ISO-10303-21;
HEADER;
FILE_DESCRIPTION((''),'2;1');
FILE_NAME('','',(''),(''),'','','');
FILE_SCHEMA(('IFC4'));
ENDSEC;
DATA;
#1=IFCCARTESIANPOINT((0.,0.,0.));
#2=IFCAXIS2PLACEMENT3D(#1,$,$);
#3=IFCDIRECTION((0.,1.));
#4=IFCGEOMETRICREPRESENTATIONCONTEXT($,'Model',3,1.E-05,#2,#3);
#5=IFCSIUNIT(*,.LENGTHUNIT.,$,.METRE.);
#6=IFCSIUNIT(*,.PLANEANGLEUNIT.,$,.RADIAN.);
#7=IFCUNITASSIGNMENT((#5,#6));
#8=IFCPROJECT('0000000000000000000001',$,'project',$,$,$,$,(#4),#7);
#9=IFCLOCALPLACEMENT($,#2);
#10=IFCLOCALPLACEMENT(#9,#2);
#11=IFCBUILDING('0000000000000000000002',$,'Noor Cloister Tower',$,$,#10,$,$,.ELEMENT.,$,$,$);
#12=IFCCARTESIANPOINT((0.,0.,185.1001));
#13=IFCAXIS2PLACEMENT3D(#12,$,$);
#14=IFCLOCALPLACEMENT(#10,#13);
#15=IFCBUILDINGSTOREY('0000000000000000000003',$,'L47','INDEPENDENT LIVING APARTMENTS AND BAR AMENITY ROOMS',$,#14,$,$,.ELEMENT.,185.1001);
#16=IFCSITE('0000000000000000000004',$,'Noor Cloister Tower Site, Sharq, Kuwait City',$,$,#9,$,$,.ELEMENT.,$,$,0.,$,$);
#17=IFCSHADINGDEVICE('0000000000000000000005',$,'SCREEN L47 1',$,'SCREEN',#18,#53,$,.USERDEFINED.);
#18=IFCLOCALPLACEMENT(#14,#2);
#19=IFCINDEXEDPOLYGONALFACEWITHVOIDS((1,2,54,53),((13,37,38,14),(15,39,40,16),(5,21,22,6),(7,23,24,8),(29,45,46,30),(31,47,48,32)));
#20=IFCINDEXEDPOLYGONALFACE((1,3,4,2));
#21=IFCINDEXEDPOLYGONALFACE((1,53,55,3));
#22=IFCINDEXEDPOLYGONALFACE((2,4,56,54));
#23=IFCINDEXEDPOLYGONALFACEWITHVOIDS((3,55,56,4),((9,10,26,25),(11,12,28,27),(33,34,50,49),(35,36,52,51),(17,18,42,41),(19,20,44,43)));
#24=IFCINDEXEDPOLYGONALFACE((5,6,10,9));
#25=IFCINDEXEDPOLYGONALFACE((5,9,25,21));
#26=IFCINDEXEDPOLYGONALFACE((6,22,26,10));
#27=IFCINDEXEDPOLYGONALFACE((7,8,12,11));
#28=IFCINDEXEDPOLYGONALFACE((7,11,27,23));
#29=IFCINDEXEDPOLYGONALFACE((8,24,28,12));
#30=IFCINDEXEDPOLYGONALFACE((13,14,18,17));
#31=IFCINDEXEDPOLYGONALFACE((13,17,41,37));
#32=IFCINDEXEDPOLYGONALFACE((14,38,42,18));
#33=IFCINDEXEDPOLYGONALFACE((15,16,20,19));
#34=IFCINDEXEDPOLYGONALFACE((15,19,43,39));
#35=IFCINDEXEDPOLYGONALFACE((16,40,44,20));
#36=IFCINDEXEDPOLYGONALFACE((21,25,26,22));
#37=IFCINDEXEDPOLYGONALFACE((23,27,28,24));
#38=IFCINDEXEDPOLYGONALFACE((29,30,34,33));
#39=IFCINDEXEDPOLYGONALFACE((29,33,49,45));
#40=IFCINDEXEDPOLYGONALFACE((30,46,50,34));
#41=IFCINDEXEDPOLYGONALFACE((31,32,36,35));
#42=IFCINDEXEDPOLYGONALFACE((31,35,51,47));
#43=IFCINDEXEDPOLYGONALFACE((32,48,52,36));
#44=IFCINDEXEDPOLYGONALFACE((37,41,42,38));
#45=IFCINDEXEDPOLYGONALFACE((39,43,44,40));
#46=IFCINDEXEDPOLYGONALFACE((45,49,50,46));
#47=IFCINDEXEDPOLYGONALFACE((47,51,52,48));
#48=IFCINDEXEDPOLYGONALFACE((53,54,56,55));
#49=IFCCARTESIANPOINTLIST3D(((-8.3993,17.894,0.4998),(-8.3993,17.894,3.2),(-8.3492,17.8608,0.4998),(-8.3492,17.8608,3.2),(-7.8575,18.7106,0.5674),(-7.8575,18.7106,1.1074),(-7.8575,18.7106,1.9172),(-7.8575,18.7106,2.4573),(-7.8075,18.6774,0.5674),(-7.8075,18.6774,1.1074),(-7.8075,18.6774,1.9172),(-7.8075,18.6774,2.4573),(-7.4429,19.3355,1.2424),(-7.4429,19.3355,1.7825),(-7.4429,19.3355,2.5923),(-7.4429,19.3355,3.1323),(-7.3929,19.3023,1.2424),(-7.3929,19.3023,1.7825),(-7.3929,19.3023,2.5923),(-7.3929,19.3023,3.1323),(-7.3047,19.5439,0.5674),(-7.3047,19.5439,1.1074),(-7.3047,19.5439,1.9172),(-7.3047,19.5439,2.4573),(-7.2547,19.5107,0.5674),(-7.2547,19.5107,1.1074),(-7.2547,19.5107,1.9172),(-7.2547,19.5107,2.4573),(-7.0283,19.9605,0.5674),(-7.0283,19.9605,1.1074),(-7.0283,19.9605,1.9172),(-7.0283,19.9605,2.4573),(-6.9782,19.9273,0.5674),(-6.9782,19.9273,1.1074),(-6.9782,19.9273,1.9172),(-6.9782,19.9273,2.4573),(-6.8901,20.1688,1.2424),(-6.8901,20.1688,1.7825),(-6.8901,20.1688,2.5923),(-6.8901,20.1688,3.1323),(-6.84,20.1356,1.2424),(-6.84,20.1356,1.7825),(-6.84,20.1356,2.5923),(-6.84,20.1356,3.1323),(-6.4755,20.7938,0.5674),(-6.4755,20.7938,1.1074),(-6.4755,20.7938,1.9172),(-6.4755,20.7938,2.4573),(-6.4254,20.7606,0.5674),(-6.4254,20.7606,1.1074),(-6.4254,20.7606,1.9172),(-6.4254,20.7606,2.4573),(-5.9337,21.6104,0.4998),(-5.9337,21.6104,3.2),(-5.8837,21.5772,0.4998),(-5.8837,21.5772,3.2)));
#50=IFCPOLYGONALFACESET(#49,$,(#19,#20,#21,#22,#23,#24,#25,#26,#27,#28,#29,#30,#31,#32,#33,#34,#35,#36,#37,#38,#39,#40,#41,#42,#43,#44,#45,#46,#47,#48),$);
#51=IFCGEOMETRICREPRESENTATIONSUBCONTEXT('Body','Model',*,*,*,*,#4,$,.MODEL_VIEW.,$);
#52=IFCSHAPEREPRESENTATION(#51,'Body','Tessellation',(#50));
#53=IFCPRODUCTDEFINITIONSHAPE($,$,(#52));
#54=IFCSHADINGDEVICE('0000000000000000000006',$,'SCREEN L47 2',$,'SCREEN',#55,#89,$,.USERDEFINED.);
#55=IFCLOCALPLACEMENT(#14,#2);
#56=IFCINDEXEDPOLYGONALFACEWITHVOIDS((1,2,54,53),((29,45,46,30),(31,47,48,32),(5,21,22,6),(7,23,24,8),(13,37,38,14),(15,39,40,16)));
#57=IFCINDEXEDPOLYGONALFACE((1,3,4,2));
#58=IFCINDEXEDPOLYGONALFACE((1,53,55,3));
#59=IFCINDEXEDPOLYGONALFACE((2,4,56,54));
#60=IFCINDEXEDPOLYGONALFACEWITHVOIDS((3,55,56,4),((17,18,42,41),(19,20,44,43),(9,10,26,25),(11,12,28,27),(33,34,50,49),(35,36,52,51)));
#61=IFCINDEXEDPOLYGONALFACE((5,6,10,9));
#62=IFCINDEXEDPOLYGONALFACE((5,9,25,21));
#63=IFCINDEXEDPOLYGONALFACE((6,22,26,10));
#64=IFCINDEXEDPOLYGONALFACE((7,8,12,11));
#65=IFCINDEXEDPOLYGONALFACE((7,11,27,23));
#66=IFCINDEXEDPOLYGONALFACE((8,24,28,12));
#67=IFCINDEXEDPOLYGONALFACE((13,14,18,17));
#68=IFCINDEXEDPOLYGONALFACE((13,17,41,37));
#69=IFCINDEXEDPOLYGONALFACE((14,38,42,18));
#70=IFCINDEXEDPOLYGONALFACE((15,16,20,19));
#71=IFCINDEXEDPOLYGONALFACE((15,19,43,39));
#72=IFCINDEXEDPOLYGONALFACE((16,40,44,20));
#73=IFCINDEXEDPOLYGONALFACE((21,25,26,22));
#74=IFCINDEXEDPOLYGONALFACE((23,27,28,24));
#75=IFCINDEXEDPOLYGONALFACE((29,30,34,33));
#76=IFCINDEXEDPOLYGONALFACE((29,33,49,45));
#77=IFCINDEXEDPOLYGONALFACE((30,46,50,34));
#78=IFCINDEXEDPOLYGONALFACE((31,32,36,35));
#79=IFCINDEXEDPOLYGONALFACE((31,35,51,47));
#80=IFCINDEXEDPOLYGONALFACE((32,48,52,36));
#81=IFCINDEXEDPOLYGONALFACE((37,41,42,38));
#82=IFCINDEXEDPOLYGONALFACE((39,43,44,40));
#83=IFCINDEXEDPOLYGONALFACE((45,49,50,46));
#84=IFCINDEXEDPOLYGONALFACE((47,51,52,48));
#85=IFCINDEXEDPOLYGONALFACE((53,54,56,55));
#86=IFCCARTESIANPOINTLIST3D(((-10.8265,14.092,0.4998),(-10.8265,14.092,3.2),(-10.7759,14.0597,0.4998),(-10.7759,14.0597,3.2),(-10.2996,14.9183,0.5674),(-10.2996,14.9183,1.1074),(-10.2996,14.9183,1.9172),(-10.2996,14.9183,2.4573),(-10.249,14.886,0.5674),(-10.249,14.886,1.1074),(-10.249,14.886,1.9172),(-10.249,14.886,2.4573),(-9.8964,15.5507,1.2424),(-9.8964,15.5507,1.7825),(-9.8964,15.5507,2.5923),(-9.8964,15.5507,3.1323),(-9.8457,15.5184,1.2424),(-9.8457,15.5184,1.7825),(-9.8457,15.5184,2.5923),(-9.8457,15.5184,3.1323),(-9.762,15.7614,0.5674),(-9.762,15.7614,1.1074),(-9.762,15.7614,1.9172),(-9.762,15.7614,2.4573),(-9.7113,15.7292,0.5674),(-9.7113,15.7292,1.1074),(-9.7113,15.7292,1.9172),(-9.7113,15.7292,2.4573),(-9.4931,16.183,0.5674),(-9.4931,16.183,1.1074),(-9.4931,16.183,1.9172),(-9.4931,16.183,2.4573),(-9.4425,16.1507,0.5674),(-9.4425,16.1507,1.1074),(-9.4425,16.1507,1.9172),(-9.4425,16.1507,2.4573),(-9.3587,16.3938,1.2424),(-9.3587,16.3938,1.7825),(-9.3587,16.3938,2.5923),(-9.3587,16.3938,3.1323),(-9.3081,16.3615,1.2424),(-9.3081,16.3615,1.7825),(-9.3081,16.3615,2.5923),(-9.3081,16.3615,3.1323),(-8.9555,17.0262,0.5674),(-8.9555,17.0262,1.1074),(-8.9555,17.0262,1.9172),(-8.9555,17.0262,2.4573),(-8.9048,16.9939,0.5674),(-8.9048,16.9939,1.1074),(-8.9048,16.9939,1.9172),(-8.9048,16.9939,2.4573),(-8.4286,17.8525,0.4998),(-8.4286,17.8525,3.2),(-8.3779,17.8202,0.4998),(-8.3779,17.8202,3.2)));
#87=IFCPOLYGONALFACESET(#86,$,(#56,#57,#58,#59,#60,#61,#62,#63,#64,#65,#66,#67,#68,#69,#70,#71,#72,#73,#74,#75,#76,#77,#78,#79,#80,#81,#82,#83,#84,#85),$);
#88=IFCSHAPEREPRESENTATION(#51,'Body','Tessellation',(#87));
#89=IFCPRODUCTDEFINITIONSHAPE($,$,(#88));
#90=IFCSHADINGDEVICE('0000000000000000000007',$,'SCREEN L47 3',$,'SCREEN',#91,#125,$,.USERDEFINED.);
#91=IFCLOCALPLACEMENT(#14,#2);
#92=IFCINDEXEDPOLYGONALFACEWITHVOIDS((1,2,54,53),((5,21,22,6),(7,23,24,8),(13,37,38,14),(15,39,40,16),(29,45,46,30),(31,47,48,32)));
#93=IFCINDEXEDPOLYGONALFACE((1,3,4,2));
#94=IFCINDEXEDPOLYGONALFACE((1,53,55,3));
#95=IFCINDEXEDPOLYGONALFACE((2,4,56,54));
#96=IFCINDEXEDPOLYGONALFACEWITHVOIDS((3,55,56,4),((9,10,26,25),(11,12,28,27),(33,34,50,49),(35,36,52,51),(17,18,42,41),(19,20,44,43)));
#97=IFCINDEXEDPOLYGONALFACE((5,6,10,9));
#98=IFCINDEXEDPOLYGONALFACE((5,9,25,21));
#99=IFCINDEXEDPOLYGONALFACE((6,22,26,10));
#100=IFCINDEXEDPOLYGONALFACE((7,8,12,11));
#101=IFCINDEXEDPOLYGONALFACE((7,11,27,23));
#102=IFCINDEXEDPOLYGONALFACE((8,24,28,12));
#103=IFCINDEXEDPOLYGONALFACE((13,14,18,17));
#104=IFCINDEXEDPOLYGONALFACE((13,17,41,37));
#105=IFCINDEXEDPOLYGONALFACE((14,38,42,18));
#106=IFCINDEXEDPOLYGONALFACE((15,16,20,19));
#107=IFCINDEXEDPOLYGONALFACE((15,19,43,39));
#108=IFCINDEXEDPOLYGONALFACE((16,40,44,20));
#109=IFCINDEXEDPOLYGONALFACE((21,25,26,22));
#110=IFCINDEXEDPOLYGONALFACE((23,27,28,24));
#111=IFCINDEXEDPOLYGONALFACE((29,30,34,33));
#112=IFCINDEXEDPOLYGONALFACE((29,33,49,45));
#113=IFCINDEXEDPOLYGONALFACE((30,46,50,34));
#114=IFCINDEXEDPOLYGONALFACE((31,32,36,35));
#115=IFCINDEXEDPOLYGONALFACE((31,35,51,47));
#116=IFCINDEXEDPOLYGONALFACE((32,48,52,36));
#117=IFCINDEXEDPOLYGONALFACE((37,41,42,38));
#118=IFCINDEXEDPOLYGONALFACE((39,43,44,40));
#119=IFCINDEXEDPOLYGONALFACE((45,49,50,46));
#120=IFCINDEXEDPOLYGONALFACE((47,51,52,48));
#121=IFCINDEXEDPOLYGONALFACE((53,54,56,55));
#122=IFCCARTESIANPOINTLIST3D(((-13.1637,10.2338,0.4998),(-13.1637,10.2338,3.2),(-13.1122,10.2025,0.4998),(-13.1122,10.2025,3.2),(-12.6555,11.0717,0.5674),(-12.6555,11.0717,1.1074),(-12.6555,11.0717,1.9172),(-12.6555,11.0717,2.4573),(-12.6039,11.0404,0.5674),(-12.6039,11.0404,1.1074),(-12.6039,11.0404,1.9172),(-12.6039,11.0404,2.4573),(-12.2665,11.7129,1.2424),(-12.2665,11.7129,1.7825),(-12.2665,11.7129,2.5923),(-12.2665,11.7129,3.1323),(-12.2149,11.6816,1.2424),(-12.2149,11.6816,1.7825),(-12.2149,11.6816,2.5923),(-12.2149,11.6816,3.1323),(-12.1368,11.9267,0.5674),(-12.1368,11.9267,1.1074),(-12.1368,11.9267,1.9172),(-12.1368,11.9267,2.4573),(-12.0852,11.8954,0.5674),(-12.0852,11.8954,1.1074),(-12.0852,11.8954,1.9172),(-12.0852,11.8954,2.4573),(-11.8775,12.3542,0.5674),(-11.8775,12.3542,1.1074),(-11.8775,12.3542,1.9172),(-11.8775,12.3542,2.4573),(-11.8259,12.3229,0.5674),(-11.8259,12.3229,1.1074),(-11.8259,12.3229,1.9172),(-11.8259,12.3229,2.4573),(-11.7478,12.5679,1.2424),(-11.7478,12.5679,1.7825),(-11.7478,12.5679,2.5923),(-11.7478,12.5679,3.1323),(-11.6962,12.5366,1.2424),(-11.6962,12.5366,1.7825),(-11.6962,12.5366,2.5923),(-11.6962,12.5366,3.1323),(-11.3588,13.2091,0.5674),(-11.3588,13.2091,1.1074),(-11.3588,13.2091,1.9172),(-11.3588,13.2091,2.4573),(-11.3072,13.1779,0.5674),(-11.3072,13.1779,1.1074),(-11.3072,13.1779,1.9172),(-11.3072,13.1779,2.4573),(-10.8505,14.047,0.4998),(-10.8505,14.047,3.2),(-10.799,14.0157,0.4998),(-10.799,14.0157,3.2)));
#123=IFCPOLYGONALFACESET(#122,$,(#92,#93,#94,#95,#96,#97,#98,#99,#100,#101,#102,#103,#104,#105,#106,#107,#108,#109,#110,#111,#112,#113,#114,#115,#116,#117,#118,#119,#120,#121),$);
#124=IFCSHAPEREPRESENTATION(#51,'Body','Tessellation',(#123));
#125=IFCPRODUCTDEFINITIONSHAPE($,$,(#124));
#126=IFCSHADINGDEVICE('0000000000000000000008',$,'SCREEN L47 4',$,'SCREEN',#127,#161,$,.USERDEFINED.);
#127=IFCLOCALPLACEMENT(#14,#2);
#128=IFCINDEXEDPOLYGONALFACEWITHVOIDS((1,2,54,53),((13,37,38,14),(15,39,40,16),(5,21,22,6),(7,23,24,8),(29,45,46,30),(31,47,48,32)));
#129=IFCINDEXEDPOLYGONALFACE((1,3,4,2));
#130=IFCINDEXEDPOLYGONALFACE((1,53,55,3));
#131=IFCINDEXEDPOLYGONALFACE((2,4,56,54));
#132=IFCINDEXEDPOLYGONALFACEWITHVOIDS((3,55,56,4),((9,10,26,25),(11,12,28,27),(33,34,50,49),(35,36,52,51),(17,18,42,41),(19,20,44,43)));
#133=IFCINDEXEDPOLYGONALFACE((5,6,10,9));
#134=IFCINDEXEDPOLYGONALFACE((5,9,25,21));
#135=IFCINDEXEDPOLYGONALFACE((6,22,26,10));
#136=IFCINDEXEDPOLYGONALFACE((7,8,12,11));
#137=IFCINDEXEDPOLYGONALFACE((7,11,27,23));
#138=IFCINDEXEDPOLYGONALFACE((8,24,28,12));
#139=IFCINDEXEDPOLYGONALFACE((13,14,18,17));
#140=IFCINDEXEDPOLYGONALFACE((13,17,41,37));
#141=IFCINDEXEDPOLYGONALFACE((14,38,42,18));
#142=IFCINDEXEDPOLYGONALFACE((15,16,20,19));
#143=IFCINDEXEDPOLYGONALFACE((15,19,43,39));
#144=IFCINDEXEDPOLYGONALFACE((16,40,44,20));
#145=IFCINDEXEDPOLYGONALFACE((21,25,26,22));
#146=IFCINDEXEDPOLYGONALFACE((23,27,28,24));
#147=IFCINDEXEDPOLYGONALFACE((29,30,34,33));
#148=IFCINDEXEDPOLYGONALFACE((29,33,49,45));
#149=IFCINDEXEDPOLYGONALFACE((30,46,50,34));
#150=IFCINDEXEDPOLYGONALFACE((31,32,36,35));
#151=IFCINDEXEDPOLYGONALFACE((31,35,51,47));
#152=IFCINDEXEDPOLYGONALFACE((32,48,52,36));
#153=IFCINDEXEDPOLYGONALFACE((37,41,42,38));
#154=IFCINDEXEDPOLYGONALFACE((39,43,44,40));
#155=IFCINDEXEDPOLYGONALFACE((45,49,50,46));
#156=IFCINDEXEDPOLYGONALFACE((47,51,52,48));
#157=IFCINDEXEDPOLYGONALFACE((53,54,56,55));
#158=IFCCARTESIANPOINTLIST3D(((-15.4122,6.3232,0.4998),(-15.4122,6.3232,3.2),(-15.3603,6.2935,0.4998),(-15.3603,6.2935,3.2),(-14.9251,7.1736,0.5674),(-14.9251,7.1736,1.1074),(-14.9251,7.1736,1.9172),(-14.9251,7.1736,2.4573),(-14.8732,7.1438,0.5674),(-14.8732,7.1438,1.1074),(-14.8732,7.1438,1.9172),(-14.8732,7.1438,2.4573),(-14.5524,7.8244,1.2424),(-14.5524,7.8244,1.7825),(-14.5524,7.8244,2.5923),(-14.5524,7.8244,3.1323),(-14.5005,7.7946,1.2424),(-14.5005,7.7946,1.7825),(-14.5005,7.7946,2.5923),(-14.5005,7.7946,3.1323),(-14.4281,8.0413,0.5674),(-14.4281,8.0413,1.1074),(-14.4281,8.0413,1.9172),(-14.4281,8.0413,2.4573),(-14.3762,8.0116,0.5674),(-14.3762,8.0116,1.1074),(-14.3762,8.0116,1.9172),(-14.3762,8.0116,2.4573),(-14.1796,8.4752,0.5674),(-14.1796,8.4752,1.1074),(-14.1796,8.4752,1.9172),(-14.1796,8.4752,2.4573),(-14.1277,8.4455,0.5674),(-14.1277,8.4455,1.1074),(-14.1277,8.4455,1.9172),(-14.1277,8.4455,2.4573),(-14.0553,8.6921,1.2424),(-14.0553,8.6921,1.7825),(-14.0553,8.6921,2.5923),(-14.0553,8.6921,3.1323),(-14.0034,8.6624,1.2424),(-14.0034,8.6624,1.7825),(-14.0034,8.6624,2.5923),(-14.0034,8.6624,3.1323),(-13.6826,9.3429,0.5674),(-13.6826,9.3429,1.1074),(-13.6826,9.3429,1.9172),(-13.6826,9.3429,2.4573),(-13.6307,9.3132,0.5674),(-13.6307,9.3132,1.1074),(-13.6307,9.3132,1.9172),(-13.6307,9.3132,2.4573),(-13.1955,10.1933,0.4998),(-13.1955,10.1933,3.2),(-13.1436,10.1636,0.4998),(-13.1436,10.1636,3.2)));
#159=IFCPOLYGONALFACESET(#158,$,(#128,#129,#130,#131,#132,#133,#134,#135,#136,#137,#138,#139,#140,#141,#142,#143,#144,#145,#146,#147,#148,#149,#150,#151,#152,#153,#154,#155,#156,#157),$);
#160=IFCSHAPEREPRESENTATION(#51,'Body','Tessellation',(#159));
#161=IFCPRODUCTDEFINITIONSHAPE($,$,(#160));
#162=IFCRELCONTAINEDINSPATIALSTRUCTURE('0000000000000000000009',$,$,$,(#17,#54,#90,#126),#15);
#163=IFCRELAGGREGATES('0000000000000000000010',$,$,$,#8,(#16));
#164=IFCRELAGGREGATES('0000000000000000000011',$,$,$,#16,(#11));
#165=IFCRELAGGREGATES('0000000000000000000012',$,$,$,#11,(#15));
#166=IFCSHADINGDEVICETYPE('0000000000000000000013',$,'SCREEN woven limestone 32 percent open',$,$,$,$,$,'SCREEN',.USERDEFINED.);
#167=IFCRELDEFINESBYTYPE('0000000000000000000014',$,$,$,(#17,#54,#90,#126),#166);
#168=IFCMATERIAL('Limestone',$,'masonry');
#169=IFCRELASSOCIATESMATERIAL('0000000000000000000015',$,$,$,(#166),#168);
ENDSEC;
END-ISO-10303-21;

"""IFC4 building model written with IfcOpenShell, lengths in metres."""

from ifc_helpers import new_model, si_unit, direction, frame, origin, place, context, subcontext, project, spatial, polyline, outline, extrude, material, material_profile, profile_set, type_object, element, save


model = new_model("IFC4")

# Units and contexts
model_context = context("Model", 3, precision=1e-05, world=origin(), true_north=direction((0.0, 1.0)))
body_context = subcontext(model_context, "Body", "Model", "MODEL_VIEW")
ifc_project = project(units=[si_unit("LENGTHUNIT", "METRE"), si_unit("PLANEANGLEUNIT", "RADIAN")], contexts=[model_context])

# Site, building, storey
site_placement = place(None, origin())
site = spatial("IfcSite", under=ifc_project, at=site_placement, Name="Noor Cloister Tower Site, Sharq, Kuwait City", CompositionType="ELEMENT", RefElevation=0.0)
building_placement = place(site_placement, origin())
building = spatial("IfcBuilding", under=site, at=building_placement, Name="Noor Cloister Tower", CompositionType="ELEMENT")
storey_placement = place(building_placement, frame((0.0, 0.0, 185.1001)))
storey = spatial("IfcBuildingStorey", under=building, at=storey_placement, Name="L47", Description="INDEPENDENT LIVING APARTMENTS AND BAR AMENITY ROOMS", CompositionType="ELEMENT", Elevation=185.1001)

# Shading devices
ifc_material_1 = material(Name="Limestone", Category="masonry")
ifc_material_profile_1 = material_profile(ifc_material_1, outline(polyline([(-2.23, -1.3501), (2.23, -1.3501), (2.23, 1.3501), (-2.23, 1.3501), (-2.23, -1.3501)]), holes=[polyline([(-1.25, -1.2825), (-0.25, -1.2825), (-0.25, -0.7424), (-1.25, -0.7424), (-1.25, -1.2825)]), polyline([(0.25, -1.2825), (1.25, -1.2825), (1.25, -0.7424), (0.25, -0.7424), (0.25, -1.2825)]), polyline([(-0.5, -0.6074), (0.5, -0.6074), (0.5, -0.0674), (-0.5, -0.0674), (-0.5, -0.6074)]), polyline([(-1.25, 0.0674), (-0.25, 0.0674), (-0.25, 0.6074), (-1.25, 0.6074), (-1.25, 0.0674)]), polyline([(0.25, 0.0674), (1.25, 0.0674), (1.25, 0.6074), (0.25, 0.6074), (0.25, 0.0674)]), polyline([(-0.5, 0.7424), (0.5, 0.7424), (0.5, 1.2825), (-0.5, 1.2825), (-0.5, 0.7424)])]), Name="Woven screen 32 percent open")
ifc_profile_set_1 = profile_set([ifc_material_profile_1], Name="Limestone")
shading_device_type = type_object("IfcShadingDeviceType", Name="SCREEN woven limestone 32 percent open", ElementType="SCREEN", PredefinedType="USERDEFINED", material=ifc_profile_set_1)
for number, where, z_axis, x_axis, name in (
    (1, (-7.1165, 19.719, 1.8499), (-0.833299, 0.552823, 0.0), (-0.552823, -0.833299, 0.0), "SCREEN L47 1"),
    (2, (-9.5769, 15.9399, 1.8499), (-0.843158, 0.537666, 0.0), (-0.537666, -0.843158, 0.0), "SCREEN L47 2"),
):
    element("IfcShadingDevice", number, at=place(storey_placement, frame(where, z_axis=z_axis, x_axis=x_axis)), inside=storey, type_object=shading_device_type, Name=name, ObjectType="SCREEN", PredefinedType="USERDEFINED", context=body_context, shape_type="SweptSolid", body=[
        extrude(outline(polyline([(-2.23, -1.3501), (2.23, -1.3501), (2.23, 1.3501), (-2.23, 1.3501), (-2.23, -1.3501)]), holes=[polyline([(-1.25, -1.2825), (-0.25, -1.2825), (-0.25, -0.7424), (-1.25, -0.7424), (-1.25, -1.2825)]), polyline([(0.25, -1.2825), (1.25, -1.2825), (1.25, -0.7424), (0.25, -0.7424), (0.25, -1.2825)]), polyline([(-0.5, -0.6074), (0.5, -0.6074), (0.5, -0.0674), (-0.5, -0.0674), (-0.5, -0.6074)]), polyline([(-1.25, 0.0674), (-0.25, 0.0674), (-0.25, 0.6074), (-1.25, 0.6074), (-1.25, 0.0674)]), polyline([(0.25, 0.0674), (1.25, 0.0674), (1.25, 0.6074), (0.25, 0.6074), (0.25, 0.0674)]), polyline([(-0.5, 0.7424), (0.5, 0.7424), (0.5, 1.2825), (-0.5, 1.2825), (-0.5, 0.7424)])]), origin(), (0.0, 0.0, 1.0), 0.0601),
    ])
shading_device_1_placement = place(storey_placement, frame((-11.9556, 12.1091, 1.8499), z_axis=(-0.85498, 0.518661, 0.0), x_axis=(-0.518661, -0.85498, 0.0)))
element("IfcShadingDevice", 3, at=shading_device_1_placement, inside=storey, type_object=shading_device_type, Name="SCREEN L47 3", ObjectType="SCREEN", PredefinedType="USERDEFINED", context=body_context, shape_type="SweptSolid", body=[
    extrude(outline(polyline([(-2.23, -1.3501), (2.23, -1.3501), (2.23, 1.3501), (-2.23, 1.3501), (-2.23, -1.3501)]), holes=[polyline([(-1.25, -1.2825), (-0.25, -1.2825), (-0.25, -0.7424), (-1.25, -0.7424), (-1.25, -1.2825)]), polyline([(0.25, -1.2825), (1.25, -1.2825), (1.25, -0.7424), (0.25, -0.7424), (0.25, -1.2825)]), polyline([(-0.5, -0.6074), (0.5, -0.6074), (0.5, -0.0674), (-0.5, -0.0674), (-0.5, -0.6074)]), polyline([(-1.25, 0.0674), (-0.25, 0.0674), (-0.25, 0.6074), (-1.25, 0.6074), (-1.25, 0.0674)]), polyline([(0.25, 0.0674), (1.25, 0.0674), (1.25, 0.6074), (0.25, 0.6074), (0.25, 0.0674)]), polyline([(-0.5, 0.7424), (0.5, 0.7424), (0.5, 1.2825), (-0.5, 1.2825), (-0.5, 0.7424)])]), origin(), (0.0, 0.0, 1.0), 0.0603),
])
shading_device_2_placement = place(storey_placement, frame((-14.252, 8.2285, 1.8499), z_axis=(-0.867741, 0.497016, 0.0), x_axis=(-0.497016, -0.867741, 0.0)))
element("IfcShadingDevice", 4, at=shading_device_2_placement, inside=storey, type_object=shading_device_type, Name="SCREEN L47 4", ObjectType="SCREEN", PredefinedType="USERDEFINED", context=body_context, shape_type="SweptSolid", body=[
    extrude(outline(polyline([(-2.23, -1.3501), (2.23, -1.3501), (2.23, 1.3501), (-2.23, 1.3501), (-2.23, -1.3501)]), holes=[polyline([(-1.25, -1.2825), (-0.25, -1.2825), (-0.25, -0.7424), (-1.25, -0.7424), (-1.25, -1.2825)]), polyline([(0.25, -1.2825), (1.25, -1.2825), (1.25, -0.7424), (0.25, -0.7424), (0.25, -1.2825)]), polyline([(-0.5, -0.6074), (0.5, -0.6074), (0.5, -0.0674), (-0.5, -0.0674), (-0.5, -0.6074)]), polyline([(-1.25, 0.0674), (-0.25, 0.0674), (-0.25, 0.6074), (-1.25, 0.6074), (-1.25, 0.0674)]), polyline([(0.25, 0.0674), (1.25, 0.0674), (1.25, 0.6074), (0.25, 0.6074), (0.25, 0.0674)]), polyline([(-0.5, 0.7424), (0.5, 0.7424), (0.5, 1.2825), (-0.5, 1.2825), (-0.5, 0.7424)])]), origin(), (0.0, 0.0, 1.0), 0.0598),
])

save(model, "model.ifc")
